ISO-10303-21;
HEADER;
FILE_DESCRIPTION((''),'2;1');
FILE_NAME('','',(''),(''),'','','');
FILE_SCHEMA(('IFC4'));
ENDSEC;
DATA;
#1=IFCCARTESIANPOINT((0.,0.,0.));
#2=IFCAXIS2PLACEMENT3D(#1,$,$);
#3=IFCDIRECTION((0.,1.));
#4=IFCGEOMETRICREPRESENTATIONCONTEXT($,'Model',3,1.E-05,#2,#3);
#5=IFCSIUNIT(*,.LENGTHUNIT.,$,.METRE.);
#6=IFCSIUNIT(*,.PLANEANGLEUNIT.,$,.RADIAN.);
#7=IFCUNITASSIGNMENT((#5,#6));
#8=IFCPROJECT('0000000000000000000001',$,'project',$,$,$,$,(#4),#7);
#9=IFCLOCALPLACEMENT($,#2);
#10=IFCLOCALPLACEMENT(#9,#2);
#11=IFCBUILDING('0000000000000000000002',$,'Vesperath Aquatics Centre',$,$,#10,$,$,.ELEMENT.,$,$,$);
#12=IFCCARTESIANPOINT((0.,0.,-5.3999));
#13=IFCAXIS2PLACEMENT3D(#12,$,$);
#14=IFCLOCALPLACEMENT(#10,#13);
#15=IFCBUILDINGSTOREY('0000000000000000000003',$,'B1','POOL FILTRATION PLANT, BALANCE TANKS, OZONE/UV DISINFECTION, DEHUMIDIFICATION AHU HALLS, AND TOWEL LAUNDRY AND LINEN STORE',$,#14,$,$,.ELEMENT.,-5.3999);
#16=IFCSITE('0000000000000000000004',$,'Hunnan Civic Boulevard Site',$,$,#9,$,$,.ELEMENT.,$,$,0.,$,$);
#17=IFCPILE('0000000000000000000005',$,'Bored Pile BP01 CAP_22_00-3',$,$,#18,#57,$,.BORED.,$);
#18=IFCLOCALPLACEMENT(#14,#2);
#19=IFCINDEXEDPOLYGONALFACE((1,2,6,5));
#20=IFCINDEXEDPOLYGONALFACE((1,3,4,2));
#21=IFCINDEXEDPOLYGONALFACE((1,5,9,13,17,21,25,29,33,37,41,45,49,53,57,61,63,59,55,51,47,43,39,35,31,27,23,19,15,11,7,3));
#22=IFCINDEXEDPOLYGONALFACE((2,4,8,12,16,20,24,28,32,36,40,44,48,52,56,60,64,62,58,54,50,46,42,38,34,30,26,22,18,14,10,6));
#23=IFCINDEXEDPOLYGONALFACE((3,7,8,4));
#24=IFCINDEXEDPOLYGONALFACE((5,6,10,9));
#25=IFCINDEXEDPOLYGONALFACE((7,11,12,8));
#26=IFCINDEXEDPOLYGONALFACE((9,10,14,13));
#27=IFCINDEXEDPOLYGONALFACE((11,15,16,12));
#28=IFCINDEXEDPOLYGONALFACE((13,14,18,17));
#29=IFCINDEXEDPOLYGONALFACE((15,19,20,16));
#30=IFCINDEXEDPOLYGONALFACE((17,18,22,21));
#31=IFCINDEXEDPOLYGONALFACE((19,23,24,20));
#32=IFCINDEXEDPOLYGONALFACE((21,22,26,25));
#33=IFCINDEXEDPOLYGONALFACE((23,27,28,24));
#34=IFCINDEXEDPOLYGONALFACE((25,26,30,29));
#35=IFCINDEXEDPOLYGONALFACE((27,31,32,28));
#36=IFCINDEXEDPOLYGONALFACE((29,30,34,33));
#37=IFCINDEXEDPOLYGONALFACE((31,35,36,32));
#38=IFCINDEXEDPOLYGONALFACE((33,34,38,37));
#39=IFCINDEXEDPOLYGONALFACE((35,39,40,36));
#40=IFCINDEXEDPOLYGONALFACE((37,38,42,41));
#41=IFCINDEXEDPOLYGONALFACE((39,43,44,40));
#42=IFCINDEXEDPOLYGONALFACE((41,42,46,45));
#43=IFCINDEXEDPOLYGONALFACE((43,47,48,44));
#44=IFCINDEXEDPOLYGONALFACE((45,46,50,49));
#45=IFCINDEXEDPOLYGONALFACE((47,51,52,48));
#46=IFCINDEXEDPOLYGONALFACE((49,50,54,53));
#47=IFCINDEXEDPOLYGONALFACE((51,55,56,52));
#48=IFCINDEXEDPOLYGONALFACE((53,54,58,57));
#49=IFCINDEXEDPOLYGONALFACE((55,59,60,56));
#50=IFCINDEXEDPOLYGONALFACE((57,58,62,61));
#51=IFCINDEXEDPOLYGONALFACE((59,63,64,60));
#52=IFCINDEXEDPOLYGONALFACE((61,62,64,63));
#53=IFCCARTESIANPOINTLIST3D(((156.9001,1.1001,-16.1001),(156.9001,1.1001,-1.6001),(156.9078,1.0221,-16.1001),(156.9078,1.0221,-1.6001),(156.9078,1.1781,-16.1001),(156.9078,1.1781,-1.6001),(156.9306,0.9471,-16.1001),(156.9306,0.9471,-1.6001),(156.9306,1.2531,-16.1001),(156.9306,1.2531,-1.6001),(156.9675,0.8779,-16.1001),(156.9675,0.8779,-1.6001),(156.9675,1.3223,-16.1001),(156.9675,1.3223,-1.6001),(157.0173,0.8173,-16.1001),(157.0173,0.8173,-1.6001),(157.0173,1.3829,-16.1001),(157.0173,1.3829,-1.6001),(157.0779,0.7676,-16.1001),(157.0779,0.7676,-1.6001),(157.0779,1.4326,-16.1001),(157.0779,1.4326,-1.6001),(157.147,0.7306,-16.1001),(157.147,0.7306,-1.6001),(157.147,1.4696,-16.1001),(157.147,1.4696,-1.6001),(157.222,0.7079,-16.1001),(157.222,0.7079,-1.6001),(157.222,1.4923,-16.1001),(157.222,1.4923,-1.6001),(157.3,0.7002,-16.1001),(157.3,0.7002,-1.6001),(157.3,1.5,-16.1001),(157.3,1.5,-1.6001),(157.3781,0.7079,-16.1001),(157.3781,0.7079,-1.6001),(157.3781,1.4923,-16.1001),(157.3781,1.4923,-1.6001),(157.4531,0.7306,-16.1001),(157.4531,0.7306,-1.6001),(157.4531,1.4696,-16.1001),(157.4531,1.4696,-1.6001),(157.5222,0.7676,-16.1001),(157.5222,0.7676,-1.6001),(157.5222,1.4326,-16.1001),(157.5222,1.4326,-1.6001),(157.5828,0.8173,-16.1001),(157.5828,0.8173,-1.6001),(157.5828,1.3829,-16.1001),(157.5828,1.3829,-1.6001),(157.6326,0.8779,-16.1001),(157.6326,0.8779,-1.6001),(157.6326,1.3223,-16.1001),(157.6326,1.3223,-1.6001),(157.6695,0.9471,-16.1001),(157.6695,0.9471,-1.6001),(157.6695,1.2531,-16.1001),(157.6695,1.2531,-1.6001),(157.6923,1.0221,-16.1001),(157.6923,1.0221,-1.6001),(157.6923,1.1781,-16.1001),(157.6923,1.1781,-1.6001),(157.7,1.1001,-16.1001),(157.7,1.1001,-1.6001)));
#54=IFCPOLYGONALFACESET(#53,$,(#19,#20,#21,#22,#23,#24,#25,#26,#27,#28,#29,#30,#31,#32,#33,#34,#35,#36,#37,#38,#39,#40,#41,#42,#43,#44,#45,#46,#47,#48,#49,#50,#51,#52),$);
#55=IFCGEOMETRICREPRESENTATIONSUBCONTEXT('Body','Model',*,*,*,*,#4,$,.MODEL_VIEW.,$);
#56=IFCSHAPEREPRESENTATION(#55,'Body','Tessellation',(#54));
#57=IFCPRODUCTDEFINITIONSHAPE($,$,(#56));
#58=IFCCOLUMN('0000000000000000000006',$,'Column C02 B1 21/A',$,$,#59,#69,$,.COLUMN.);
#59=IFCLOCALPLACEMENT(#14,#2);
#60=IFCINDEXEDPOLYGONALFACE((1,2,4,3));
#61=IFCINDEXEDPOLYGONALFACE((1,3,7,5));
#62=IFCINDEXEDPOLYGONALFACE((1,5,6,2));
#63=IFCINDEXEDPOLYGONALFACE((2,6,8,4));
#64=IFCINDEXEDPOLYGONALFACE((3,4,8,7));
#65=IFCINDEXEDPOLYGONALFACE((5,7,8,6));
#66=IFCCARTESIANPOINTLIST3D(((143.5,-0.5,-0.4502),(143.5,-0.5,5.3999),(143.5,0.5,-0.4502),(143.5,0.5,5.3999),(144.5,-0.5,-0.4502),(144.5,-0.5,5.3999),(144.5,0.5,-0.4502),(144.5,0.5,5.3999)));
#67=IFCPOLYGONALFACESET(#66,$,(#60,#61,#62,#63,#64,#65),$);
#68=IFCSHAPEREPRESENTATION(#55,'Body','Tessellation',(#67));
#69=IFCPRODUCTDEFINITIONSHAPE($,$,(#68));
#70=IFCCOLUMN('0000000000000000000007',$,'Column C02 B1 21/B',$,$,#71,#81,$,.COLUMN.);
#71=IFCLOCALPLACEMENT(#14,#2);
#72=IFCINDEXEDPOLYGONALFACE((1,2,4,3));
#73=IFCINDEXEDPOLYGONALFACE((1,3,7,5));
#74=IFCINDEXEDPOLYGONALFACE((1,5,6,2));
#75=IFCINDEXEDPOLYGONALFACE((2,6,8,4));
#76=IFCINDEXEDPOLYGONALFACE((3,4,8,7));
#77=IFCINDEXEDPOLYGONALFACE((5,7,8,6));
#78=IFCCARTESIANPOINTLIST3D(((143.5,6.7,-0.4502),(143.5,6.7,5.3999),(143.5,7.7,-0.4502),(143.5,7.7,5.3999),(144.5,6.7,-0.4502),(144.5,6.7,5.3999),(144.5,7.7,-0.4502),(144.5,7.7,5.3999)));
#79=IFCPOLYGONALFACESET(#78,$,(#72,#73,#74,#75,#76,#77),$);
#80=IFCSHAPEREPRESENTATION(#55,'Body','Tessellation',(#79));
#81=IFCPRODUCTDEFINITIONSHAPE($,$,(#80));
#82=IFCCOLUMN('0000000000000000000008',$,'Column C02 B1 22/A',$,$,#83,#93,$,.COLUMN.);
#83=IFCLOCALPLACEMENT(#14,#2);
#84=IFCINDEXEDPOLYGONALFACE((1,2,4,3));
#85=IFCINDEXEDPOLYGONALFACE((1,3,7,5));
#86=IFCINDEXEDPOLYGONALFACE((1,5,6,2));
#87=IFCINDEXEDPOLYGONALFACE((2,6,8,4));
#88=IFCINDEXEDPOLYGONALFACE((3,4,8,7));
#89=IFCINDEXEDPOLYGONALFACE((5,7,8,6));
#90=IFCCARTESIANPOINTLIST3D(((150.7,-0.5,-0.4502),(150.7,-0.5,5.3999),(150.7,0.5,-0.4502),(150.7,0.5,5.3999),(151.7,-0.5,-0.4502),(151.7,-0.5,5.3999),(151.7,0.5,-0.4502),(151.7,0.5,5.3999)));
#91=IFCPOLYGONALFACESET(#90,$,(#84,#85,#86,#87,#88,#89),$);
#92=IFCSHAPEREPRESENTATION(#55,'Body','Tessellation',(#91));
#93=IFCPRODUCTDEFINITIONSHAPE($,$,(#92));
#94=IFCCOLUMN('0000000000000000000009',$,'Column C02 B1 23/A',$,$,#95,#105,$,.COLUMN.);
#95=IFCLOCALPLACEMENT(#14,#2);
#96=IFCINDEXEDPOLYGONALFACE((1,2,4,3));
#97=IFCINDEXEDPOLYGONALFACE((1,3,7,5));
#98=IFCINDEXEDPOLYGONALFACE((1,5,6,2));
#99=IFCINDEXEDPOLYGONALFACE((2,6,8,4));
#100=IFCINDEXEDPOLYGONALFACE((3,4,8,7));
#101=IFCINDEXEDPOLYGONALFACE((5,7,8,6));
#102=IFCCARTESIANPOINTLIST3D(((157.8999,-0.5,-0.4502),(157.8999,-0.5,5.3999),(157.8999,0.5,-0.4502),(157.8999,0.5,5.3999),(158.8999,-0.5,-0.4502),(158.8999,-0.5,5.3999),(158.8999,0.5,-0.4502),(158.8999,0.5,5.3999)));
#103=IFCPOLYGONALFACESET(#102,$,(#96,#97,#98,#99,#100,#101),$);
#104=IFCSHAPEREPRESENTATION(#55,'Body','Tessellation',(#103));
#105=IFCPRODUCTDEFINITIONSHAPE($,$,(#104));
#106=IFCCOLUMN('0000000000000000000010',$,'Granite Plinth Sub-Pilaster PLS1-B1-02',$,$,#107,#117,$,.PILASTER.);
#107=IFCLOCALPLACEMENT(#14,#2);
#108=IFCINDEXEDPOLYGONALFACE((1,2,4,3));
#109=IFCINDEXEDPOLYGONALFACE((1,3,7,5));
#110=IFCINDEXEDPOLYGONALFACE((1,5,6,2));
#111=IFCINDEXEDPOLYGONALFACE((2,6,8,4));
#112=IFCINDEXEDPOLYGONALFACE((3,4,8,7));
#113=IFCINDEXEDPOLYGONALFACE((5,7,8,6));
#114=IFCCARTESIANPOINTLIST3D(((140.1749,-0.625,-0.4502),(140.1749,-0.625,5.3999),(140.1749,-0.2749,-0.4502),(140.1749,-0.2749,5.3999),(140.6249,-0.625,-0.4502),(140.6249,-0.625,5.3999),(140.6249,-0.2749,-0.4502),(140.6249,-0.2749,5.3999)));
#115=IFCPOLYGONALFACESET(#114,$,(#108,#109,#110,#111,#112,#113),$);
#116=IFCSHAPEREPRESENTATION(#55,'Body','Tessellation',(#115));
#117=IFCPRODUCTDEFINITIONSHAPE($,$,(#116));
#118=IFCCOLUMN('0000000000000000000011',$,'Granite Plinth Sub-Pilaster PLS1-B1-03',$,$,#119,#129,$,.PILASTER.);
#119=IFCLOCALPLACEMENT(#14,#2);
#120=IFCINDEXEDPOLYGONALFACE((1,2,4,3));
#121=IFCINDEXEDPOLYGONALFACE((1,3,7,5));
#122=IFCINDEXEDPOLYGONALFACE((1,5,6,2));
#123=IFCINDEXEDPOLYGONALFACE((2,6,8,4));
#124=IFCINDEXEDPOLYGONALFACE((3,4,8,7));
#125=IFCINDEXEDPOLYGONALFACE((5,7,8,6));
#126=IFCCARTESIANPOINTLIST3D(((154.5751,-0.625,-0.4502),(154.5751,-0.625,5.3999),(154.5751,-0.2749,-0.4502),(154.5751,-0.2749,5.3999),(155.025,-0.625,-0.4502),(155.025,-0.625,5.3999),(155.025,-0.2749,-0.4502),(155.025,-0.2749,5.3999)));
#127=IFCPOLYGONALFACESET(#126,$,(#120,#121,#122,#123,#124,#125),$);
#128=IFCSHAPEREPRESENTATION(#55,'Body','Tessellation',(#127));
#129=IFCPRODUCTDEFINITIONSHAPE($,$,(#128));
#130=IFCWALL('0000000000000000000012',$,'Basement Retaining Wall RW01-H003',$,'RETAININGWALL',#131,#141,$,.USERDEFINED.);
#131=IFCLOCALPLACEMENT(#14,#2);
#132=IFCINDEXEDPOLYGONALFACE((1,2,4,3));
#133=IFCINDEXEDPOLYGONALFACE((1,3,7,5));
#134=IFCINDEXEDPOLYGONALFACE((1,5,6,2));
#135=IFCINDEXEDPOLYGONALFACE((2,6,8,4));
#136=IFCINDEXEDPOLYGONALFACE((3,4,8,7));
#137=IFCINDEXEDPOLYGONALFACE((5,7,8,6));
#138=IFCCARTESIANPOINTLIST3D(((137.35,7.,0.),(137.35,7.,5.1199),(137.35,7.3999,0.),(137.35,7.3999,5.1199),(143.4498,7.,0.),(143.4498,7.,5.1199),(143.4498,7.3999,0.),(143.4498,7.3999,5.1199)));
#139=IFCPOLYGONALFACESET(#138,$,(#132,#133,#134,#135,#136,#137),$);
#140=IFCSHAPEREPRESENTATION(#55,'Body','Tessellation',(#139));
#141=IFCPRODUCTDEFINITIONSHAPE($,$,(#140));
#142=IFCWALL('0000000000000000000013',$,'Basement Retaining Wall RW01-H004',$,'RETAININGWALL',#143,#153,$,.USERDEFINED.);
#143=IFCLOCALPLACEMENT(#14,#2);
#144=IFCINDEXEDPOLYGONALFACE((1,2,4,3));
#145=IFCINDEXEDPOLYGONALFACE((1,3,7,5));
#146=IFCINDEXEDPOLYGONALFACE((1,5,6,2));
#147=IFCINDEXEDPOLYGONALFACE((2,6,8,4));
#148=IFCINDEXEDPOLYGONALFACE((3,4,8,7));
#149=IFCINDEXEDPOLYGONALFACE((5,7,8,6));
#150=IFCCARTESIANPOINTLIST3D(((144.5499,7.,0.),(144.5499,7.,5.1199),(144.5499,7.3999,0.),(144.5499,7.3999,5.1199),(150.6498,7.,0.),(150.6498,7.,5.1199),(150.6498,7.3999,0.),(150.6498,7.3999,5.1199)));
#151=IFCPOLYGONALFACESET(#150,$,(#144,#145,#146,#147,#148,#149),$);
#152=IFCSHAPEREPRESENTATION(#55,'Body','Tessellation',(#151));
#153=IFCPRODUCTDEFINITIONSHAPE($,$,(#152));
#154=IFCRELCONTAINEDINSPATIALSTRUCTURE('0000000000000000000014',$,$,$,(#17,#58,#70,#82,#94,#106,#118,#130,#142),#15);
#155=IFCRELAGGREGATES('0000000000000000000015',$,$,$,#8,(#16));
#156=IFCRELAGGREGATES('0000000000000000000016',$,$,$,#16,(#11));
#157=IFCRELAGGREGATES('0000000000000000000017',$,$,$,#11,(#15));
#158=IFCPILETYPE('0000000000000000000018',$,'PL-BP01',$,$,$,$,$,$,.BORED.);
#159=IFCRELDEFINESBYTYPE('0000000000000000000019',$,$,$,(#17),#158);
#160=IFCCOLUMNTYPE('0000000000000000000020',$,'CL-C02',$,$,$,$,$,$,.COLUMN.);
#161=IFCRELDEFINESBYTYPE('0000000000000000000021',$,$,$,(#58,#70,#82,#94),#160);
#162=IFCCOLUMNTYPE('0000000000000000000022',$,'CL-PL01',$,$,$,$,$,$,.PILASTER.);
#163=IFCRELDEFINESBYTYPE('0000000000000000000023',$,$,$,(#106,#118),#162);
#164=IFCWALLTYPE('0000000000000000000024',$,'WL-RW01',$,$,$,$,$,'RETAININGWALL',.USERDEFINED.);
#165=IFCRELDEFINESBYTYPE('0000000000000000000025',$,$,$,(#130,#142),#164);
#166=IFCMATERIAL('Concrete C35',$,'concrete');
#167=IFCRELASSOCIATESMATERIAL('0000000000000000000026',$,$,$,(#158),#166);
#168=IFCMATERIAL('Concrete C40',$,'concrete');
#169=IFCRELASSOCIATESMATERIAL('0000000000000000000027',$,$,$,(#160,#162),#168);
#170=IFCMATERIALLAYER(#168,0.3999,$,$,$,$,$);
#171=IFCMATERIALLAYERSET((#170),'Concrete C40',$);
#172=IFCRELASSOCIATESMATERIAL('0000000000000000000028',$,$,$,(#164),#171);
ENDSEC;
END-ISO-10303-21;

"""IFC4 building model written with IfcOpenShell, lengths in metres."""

from ifc_helpers import new_model, si_unit, direction, frame, frame_2d, origin, origin_2d, place, context, subcontext, project, spatial, rectangle, circle, extrude, material, layer, layer_set, material_profile, profile_set, type_object, element, save


model = new_model("IFC4")

# Units and contexts
model_context = context("Model", 3, precision=1e-05, world=origin(), true_north=direction((0.0, 1.0)))
body_context = subcontext(model_context, "Body", "Model", "MODEL_VIEW")
ifc_project = project(units=[si_unit("LENGTHUNIT", "METRE"), si_unit("PLANEANGLEUNIT", "RADIAN")], contexts=[model_context])

# Site, building, storey
site_placement = place(None, origin())
site = spatial("IfcSite", under=ifc_project, at=site_placement, Name="Hunnan Civic Boulevard Site", CompositionType="ELEMENT", RefElevation=0.0)
building_placement = place(site_placement, origin())
building = spatial("IfcBuilding", under=site, at=building_placement, Name="Vesperath Aquatics Centre", CompositionType="ELEMENT")
storey_placement = place(building_placement, frame((0.0, 0.0, -5.3999)))
storey = spatial("IfcBuildingStorey", under=building, at=storey_placement, Name="B1", Description="POOL FILTRATION PLANT, BALANCE TANKS, OZONE/UV DISINFECTION, DEHUMIDIFICATION AHU HALLS, AND TOWEL LAUNDRY AND LINEN STORE", CompositionType="ELEMENT", Elevation=-5.3999)

# Shared definitions
ifc_material_1 = material(Name="Concrete C40", Category="concrete")

# Pile
ifc_material_2 = material(Name="Concrete C35", Category="concrete")
ifc_material_profile_1 = material_profile(ifc_material_2, circle(Radius=0.3999, at=origin_2d()), Name="PILE D800")
ifc_profile_set_1 = profile_set([ifc_material_profile_1], Name="Concrete C35")
pile_type = type_object("IfcPileType", Name="PL-BP01", PredefinedType="BORED", material=ifc_profile_set_1)
for number, where, z_axis, x_axis, name in (
    (1, (157.3, 1.1001, -1.6001), (0.0, 0.0, -1.0), (1.0, 0.0, 0.0), "Bored Pile BP01 CAP_22_00-3"),
):
    element("IfcPile", number, at=place(storey_placement, frame(where, z_axis=z_axis, x_axis=x_axis)), inside=storey, type_object=pile_type, Name=name, PredefinedType="BORED", context=body_context, shape_type="SweptSolid", body=[
        extrude(circle(Radius=0.3999, at=origin_2d()), origin(), (0.0, 0.0, 1.0), 14.5),
    ])

# Columns
ifc_material_profile_2 = material_profile(ifc_material_1, rectangle(XDim=1.0, YDim=1.0, at=origin_2d()), Name="RC 1000x1000")
ifc_profile_set_2 = profile_set([ifc_material_profile_2], Name="Concrete C40")
column_type_1 = type_object("IfcColumnType", Name="CL-C02", PredefinedType="COLUMN", material=ifc_profile_set_2)
for number, where, z_axis, x_axis, name in (
    (2, (144.0, 0.0, -0.4502), (0.0, 0.0, 1.0), (1.0, 0.0, 0.0), "Column C02 B1 21/A"),
    (3, (144.0, 7.2, -0.4502), (0.0, 0.0, 1.0), (1.0, 0.0, 0.0), "Column C02 B1 21/B"),
    (4, (151.2, 0.0, -0.4502), (0.0, 0.0, 1.0), (1.0, 0.0, 0.0), "Column C02 B1 22/A"),
    (5, (158.3999, 0.0, -0.4502), (0.0, 0.0, 1.0), (1.0, 0.0, 0.0), "Column C02 B1 23/A"),
):
    element("IfcColumn", number, at=place(storey_placement, frame(where, z_axis=z_axis, x_axis=x_axis)), inside=storey, type_object=column_type_1, Name=name, PredefinedType="COLUMN", context=body_context, shape_type="SweptSolid", body=[
        extrude(rectangle(XDim=1.0, YDim=1.0, at=origin_2d()), origin(), (0.0, 0.0, 1.0), 5.8501),
    ])
ifc_material_profile_3 = material_profile(ifc_material_1, rectangle(XDim=0.45, YDim=0.3501, at=origin_2d()), Name="CL-PL01")
ifc_profile_set_3 = profile_set([ifc_material_profile_3], Name="Concrete C40")
column_type_2 = type_object("IfcColumnType", Name="CL-PL01", PredefinedType="PILASTER", material=ifc_profile_set_3)
for number, where, z_axis, x_axis, name in (
    (6, (140.3999, -0.45, -0.4502), (0.0, 0.0, 1.0), (1.0, 0.0, 0.0), "Granite Plinth Sub-Pilaster PLS1-B1-02"),
    (7, (154.8, -0.45, -0.4502), (0.0, 0.0, 1.0), (1.0, 0.0, 0.0), "Granite Plinth Sub-Pilaster PLS1-B1-03"),
):
    element("IfcColumn", number, at=place(storey_placement, frame(where, z_axis=z_axis, x_axis=x_axis)), inside=storey, type_object=column_type_2, Name=name, PredefinedType="PILASTER", context=body_context, shape_type="SweptSolid", body=[
        extrude(rectangle(XDim=0.45, YDim=0.3501, at=origin_2d()), origin(), (0.0, 0.0, 1.0), 5.8501),
    ])

# Walls
ifc_layer = layer(ifc_material_1, 0.3999)
ifc_layer_set = layer_set([ifc_layer], Name="Concrete C40")
wall_type = type_object("IfcWallType", Name="WL-RW01", ElementType="RETAININGWALL", PredefinedType="USERDEFINED", material=ifc_layer_set)
for number, where, z_axis, x_axis, name in (
    (8, (137.3501, 7.2, 0.0), (0.0, 0.0, 1.0), (1.0, 0.0, 0.0), "Basement Retaining Wall RW01-H003"),
    (9, (144.55, 7.2, 0.0), (0.0, 0.0, 1.0), (1.0, 0.0, 0.0), "Basement Retaining Wall RW01-H004"),
):
    element("IfcWall", number, at=place(storey_placement, frame(where, z_axis=z_axis, x_axis=x_axis)), inside=storey, type_object=wall_type, Name=name, ObjectType="RETAININGWALL", PredefinedType="USERDEFINED", context=body_context, shape_type="SweptSolid", body=[
        extrude(rectangle(XDim=6.0999, YDim=0.3999, at=frame_2d((3.0498, 0.0))), origin(), (0.0, 0.0, 1.0), 5.1199),
    ])

save(model, "model.ifc")
